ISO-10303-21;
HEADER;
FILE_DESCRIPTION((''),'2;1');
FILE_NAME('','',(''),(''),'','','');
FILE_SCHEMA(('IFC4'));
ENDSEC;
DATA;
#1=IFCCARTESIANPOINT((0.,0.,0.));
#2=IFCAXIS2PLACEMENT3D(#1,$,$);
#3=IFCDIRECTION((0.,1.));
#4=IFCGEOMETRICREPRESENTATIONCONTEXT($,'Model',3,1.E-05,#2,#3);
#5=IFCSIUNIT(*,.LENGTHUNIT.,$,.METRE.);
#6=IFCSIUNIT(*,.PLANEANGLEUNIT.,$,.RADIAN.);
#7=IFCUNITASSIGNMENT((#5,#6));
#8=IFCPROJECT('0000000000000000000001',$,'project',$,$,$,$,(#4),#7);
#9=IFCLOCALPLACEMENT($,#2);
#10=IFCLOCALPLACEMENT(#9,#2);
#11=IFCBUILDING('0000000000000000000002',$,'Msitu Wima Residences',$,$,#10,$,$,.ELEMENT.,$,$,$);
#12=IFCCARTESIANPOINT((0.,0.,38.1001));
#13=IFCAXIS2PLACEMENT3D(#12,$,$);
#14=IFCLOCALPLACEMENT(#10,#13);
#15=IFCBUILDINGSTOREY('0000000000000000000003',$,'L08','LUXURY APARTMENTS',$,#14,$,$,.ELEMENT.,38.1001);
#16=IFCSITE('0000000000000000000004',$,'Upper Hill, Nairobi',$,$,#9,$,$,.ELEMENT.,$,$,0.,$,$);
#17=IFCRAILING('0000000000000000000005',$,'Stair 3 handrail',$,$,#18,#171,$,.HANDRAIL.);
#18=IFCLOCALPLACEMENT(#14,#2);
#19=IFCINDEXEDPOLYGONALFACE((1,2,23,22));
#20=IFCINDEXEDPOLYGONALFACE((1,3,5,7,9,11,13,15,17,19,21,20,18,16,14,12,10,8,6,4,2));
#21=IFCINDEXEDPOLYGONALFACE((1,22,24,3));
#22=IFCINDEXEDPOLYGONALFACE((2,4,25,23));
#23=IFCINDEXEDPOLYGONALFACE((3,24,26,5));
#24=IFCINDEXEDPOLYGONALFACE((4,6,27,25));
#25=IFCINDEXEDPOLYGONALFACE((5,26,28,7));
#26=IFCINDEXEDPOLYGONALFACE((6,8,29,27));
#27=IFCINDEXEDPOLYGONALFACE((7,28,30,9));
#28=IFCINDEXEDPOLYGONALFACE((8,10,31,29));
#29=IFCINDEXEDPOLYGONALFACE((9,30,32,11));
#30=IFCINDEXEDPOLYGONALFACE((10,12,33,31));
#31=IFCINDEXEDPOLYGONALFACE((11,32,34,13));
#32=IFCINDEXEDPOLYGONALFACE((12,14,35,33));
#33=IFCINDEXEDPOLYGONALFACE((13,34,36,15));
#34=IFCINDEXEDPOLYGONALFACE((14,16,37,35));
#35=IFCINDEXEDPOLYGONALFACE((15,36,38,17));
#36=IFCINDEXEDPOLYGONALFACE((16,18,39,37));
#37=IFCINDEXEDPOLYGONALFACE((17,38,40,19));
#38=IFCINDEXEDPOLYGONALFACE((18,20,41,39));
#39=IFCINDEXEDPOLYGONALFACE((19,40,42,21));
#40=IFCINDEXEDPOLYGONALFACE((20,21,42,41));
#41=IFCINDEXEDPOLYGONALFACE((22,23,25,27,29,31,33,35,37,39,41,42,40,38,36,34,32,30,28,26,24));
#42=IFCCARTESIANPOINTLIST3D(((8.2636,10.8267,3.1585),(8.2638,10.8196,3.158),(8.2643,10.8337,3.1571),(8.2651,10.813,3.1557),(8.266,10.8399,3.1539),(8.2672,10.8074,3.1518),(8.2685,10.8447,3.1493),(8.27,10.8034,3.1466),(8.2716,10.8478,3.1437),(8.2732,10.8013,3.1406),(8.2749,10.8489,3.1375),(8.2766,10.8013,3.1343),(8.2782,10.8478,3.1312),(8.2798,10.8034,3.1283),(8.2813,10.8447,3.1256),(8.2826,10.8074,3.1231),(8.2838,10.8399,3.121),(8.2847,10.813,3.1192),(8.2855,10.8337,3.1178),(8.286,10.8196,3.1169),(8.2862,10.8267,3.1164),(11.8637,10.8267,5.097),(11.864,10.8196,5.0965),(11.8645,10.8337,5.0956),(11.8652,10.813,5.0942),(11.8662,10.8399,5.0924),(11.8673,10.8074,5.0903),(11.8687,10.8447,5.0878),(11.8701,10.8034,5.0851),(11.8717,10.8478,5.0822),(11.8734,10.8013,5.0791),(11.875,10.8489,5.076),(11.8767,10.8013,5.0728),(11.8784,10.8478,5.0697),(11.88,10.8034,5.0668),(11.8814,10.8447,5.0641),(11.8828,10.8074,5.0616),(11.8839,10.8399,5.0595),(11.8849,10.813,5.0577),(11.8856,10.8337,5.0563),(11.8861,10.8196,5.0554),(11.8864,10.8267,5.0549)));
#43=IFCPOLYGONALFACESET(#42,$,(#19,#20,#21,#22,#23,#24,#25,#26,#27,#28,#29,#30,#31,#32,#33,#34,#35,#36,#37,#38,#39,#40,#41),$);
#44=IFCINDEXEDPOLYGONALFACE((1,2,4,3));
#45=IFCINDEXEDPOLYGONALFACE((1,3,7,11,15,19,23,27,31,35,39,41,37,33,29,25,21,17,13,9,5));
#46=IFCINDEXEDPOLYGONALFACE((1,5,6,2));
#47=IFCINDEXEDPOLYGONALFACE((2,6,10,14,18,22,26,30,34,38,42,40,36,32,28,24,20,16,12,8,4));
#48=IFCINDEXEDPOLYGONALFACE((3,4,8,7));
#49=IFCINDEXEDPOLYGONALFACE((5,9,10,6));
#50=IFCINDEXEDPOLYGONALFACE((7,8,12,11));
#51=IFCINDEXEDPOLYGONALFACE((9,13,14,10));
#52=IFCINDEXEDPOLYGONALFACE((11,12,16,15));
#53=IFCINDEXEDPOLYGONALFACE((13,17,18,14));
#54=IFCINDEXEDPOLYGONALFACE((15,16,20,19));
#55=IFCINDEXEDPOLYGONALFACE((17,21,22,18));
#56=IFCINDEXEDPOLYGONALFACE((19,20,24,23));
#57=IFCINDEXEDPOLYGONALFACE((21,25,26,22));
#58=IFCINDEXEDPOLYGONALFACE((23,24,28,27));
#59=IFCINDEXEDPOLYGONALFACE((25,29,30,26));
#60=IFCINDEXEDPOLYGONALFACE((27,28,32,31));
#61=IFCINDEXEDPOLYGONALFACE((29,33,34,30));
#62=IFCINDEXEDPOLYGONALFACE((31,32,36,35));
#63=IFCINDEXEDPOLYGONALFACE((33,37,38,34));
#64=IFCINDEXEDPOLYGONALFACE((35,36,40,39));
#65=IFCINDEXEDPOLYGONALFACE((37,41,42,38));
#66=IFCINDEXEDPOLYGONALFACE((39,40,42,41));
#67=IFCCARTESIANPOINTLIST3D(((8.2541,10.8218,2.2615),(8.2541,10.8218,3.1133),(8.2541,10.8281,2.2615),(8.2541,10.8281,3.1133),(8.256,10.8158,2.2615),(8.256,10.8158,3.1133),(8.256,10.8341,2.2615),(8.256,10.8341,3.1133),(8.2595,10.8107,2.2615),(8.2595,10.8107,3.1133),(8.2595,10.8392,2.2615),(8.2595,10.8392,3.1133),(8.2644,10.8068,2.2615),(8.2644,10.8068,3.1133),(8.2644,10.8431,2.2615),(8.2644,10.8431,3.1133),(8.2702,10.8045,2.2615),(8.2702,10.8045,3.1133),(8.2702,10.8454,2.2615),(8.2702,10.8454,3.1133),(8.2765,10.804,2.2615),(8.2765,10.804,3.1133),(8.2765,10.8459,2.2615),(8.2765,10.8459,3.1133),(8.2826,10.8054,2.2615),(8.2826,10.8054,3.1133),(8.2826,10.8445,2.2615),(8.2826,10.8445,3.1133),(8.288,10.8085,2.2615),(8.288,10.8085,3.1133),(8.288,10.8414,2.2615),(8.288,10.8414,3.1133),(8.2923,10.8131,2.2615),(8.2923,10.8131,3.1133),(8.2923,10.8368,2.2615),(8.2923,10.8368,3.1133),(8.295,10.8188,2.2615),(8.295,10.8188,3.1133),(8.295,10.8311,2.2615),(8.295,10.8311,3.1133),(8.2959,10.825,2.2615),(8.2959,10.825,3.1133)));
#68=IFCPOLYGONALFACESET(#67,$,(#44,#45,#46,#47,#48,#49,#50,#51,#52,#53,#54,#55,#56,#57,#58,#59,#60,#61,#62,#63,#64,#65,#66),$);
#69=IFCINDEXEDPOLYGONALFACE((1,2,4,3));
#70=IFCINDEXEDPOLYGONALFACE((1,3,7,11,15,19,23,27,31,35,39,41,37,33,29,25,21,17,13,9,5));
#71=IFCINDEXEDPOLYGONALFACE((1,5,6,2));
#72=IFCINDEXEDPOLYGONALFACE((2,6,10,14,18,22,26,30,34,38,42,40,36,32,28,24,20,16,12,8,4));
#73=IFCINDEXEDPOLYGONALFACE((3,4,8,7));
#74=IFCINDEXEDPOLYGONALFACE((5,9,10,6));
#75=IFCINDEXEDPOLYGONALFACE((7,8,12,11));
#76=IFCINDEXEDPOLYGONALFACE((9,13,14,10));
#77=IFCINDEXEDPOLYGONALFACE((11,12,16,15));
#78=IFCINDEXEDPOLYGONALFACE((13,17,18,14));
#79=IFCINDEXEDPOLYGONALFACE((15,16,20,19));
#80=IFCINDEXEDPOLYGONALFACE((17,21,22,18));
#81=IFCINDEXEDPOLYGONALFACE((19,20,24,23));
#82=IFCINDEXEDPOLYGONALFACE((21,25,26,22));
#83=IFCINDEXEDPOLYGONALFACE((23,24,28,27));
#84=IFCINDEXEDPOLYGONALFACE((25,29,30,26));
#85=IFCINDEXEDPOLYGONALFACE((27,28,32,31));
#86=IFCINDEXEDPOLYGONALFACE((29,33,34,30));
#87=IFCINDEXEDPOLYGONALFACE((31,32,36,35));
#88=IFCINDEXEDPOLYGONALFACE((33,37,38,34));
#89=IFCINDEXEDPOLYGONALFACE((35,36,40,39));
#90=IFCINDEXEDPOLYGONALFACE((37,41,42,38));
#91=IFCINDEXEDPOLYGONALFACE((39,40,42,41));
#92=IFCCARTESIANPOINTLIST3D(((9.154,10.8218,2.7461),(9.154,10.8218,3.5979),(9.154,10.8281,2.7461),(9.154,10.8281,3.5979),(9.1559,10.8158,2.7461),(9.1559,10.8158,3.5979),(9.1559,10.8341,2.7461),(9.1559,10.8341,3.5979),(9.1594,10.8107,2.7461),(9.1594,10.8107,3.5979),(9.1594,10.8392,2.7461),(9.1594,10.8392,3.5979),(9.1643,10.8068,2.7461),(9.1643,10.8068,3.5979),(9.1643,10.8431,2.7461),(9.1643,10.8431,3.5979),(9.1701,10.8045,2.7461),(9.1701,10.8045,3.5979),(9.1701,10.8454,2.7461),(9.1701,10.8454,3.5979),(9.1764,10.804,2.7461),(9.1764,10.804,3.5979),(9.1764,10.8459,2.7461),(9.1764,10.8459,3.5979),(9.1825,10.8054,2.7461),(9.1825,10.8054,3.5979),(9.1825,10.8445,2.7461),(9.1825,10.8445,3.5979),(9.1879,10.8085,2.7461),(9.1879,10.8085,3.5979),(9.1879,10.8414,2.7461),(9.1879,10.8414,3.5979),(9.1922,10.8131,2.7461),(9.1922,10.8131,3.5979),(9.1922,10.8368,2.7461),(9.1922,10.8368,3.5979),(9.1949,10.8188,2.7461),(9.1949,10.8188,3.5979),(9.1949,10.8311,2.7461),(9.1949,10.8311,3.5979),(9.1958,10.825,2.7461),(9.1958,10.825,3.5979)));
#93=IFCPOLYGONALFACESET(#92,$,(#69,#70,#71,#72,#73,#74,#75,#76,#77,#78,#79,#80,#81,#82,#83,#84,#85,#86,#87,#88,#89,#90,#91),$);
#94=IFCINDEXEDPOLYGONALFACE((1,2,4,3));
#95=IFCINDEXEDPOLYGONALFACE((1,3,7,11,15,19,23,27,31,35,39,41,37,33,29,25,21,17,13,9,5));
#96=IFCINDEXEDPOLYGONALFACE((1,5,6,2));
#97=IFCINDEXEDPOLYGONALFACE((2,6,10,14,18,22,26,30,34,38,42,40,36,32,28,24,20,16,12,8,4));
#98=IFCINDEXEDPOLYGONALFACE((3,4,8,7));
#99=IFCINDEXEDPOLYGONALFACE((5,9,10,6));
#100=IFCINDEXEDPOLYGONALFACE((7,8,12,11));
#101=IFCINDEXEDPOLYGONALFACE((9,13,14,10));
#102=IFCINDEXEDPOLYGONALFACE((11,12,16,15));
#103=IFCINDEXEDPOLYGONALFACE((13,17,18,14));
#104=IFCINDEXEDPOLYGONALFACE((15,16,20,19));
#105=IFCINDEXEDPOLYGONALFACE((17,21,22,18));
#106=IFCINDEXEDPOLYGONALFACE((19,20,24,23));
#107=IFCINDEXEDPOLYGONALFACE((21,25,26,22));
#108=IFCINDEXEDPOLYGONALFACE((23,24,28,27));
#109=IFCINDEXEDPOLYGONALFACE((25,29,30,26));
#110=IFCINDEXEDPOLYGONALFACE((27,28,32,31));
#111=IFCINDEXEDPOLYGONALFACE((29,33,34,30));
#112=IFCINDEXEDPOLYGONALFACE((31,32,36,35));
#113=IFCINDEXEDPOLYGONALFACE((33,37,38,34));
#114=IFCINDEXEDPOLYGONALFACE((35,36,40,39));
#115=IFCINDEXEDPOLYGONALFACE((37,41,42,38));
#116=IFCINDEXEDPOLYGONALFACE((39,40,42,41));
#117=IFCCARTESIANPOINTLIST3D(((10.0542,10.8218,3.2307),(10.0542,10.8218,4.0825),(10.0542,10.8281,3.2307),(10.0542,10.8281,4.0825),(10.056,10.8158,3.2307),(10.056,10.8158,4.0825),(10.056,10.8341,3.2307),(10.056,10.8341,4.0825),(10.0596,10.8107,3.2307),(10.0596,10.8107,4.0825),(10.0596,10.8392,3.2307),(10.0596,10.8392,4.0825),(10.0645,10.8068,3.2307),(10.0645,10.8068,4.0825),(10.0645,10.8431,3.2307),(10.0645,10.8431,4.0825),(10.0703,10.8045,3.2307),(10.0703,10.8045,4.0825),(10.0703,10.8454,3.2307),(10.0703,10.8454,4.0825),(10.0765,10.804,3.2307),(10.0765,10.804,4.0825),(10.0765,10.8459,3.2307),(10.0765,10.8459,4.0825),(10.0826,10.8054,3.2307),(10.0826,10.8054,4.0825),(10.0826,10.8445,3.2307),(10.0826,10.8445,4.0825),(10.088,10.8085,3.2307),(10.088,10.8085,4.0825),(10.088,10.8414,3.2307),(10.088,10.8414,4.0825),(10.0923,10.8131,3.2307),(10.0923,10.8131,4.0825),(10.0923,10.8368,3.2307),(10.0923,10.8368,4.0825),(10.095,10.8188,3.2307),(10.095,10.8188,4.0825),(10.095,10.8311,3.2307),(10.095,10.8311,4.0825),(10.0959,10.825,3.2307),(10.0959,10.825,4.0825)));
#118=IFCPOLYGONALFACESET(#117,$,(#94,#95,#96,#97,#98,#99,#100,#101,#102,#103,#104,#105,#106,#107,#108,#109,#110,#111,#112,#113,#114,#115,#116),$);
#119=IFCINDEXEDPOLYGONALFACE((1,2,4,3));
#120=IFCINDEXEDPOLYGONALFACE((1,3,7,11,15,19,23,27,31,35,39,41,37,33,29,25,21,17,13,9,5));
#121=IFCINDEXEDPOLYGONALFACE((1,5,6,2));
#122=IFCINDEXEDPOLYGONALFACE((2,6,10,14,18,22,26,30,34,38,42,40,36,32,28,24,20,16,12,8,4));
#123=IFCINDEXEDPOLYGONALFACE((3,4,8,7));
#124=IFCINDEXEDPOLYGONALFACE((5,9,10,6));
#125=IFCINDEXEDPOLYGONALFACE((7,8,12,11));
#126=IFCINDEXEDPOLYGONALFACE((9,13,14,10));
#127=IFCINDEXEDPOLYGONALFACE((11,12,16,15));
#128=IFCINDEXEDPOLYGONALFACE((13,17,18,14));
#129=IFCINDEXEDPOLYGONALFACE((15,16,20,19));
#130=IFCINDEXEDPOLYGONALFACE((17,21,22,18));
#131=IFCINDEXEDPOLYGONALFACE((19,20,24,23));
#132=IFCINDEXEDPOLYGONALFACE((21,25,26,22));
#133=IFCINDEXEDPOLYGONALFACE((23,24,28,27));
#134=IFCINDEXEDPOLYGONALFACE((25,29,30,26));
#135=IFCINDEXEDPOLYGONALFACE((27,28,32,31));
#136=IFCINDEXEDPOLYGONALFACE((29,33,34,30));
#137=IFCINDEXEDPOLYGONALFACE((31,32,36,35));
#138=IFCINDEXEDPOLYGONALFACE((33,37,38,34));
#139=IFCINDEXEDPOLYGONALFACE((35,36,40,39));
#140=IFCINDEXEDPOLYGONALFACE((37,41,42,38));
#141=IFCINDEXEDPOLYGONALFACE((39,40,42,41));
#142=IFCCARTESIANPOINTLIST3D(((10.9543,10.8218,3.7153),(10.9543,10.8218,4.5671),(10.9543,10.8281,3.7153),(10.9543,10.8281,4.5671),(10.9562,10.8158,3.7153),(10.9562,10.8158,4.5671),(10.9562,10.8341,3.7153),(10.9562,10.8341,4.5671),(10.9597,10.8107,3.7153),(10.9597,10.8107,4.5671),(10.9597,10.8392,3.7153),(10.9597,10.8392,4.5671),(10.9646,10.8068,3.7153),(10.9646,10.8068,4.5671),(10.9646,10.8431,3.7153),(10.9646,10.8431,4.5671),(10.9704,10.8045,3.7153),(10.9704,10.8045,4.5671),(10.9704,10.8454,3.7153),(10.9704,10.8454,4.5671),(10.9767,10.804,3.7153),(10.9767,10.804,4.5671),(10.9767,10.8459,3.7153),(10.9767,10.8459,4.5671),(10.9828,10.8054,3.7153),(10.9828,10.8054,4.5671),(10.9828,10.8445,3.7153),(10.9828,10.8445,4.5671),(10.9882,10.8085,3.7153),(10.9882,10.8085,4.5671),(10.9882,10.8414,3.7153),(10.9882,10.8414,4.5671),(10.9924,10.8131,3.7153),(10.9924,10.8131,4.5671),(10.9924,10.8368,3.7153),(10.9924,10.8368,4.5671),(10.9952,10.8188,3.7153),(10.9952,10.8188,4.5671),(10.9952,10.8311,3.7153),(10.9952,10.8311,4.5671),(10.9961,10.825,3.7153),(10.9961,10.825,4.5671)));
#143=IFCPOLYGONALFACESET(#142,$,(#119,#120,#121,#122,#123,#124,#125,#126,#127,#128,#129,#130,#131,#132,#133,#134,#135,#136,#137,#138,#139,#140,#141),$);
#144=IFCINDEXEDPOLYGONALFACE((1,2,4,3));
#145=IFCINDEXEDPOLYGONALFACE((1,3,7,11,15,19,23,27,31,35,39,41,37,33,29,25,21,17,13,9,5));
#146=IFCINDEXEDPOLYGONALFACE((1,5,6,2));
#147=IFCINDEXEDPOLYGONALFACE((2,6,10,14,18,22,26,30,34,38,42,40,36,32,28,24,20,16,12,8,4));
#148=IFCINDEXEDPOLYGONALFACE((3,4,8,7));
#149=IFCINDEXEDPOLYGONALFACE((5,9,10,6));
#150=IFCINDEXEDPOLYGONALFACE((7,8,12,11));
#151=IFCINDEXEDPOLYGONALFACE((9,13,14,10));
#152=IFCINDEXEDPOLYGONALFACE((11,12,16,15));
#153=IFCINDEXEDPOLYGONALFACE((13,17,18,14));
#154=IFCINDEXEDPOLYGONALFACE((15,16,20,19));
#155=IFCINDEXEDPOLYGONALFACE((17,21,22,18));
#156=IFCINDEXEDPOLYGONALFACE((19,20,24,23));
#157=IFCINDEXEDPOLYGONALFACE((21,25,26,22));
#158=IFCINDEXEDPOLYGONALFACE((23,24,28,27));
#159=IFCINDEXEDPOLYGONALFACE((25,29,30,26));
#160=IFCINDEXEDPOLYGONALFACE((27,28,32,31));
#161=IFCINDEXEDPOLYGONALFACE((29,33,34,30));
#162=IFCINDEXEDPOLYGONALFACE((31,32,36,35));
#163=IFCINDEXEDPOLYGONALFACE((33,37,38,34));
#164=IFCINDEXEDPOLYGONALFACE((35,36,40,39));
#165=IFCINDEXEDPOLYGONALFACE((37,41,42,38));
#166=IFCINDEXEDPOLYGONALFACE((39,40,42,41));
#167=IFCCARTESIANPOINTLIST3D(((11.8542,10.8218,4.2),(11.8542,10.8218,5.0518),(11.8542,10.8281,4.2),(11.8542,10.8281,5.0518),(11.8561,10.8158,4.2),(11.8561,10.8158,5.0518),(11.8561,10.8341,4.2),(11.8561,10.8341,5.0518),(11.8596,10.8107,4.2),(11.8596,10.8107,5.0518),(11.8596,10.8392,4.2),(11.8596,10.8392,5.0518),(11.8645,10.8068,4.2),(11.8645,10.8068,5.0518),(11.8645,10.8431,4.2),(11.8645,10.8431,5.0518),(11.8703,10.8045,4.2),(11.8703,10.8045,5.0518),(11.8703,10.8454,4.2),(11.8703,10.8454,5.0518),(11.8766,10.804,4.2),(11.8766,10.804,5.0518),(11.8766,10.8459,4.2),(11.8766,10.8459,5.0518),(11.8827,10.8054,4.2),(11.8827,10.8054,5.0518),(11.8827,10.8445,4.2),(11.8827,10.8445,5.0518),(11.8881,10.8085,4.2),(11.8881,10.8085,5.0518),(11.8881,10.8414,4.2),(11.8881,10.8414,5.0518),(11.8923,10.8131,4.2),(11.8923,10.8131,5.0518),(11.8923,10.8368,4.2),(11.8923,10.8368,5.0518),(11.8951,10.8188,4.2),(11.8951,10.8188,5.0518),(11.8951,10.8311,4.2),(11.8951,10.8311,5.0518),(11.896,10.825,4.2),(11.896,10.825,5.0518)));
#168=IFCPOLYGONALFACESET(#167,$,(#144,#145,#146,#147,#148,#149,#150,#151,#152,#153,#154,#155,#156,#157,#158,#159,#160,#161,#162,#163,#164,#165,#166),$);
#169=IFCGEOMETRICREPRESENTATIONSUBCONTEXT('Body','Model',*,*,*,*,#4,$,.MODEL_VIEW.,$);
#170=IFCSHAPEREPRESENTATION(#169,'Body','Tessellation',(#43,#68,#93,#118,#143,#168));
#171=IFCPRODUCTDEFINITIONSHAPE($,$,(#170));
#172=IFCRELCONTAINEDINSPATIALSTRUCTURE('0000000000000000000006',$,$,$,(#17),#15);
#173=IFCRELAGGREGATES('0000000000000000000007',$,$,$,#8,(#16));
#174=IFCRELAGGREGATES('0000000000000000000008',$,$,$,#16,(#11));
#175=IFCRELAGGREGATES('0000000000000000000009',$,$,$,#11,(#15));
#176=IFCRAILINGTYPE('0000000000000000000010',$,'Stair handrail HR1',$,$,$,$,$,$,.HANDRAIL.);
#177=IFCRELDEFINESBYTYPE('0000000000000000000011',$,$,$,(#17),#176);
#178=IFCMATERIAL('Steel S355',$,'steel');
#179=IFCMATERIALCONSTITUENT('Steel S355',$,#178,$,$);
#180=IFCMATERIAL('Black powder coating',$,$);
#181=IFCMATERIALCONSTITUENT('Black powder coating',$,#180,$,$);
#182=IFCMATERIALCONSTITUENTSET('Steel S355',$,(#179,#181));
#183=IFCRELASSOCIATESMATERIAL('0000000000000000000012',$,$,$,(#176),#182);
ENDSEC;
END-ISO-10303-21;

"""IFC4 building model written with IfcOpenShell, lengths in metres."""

from ifc_helpers import new_model, si_unit, direction, frame, origin, origin_2d, place, context, subcontext, project, spatial, circle, extrude, material, constituent, constituent_set, type_object, element, save


model = new_model("IFC4")

# Units and contexts
model_context = context("Model", 3, precision=1e-05, world=origin(), true_north=direction((0.0, 1.0)))
body_context = subcontext(model_context, "Body", "Model", "MODEL_VIEW")
ifc_project = project(units=[si_unit("LENGTHUNIT", "METRE"), si_unit("PLANEANGLEUNIT", "RADIAN")], contexts=[model_context])

# Site, building, storey
site_placement = place(None, origin())
site = spatial("IfcSite", under=ifc_project, at=site_placement, Name="Upper Hill, Nairobi", CompositionType="ELEMENT", RefElevation=0.0)
building_placement = place(site_placement, origin())
building = spatial("IfcBuilding", under=site, at=building_placement, Name="Msitu Wima Residences", CompositionType="ELEMENT")
storey_placement = place(building_placement, frame((0.0, 0.0, 38.1001)))
storey = spatial("IfcBuildingStorey", under=building, at=storey_placement, Name="L08", Description="LUXURY APARTMENTS", CompositionType="ELEMENT", Elevation=38.1001)

# Railing
ifc_material_1 = material(Name="Steel S355", Category="steel")
ifc_constituent_1 = constituent(ifc_material_1, Name="Steel S355")
ifc_material_2 = material(Name="Black powder coating")
ifc_constituent_2 = constituent(ifc_material_2, Name="Black powder coating")
ifc_constituent_set = constituent_set(constituents=[ifc_constituent_1, ifc_constituent_2], Name="Steel S355")
railing_type = type_object("IfcRailingType", Name="Stair handrail HR1", PredefinedType="HANDRAIL", material=ifc_constituent_set)
for number, where, name in (
    (1, (8.2749, 10.825, 2.2615), "Stair 3 handrail"),
):
    element("IfcRailing", number, at=place(storey_placement, frame(where)), inside=storey, type_object=railing_type, Name=name, PredefinedType="HANDRAIL", context=body_context, shape_type="SweptSolid", body=[
        extrude(circle(Radius=0.0239, at=origin_2d()), frame((0.0, 0.0, 0.876), z_axis=(0.880475, 0.0, 0.474093), x_axis=(0.0, 1.0, 0.0)), (0.0, 0.0, 1.0), 4.0889),
        extrude(circle(Radius=0.021, at=origin_2d()), origin(), (0.0, 0.0, 1.0), 0.8518),
        extrude(circle(Radius=0.021, at=origin_2d()), frame((0.8999, 0.0, 0.4846)), (0.0, 0.0, 1.0), 0.8518),
        extrude(circle(Radius=0.021, at=origin_2d()), frame((1.8, 0.0, 0.9692)), (0.0, 0.0, 1.0), 0.8518),
        extrude(circle(Radius=0.021, at=origin_2d()), frame((2.7002, 0.0, 1.4539)), (0.0, 0.0, 1.0), 0.8518),
        extrude(circle(Radius=0.021, at=origin_2d()), frame((3.6001, 0.0, 1.9385)), (0.0, 0.0, 1.0), 0.8518),
    ])

save(model, "model.ifc")
